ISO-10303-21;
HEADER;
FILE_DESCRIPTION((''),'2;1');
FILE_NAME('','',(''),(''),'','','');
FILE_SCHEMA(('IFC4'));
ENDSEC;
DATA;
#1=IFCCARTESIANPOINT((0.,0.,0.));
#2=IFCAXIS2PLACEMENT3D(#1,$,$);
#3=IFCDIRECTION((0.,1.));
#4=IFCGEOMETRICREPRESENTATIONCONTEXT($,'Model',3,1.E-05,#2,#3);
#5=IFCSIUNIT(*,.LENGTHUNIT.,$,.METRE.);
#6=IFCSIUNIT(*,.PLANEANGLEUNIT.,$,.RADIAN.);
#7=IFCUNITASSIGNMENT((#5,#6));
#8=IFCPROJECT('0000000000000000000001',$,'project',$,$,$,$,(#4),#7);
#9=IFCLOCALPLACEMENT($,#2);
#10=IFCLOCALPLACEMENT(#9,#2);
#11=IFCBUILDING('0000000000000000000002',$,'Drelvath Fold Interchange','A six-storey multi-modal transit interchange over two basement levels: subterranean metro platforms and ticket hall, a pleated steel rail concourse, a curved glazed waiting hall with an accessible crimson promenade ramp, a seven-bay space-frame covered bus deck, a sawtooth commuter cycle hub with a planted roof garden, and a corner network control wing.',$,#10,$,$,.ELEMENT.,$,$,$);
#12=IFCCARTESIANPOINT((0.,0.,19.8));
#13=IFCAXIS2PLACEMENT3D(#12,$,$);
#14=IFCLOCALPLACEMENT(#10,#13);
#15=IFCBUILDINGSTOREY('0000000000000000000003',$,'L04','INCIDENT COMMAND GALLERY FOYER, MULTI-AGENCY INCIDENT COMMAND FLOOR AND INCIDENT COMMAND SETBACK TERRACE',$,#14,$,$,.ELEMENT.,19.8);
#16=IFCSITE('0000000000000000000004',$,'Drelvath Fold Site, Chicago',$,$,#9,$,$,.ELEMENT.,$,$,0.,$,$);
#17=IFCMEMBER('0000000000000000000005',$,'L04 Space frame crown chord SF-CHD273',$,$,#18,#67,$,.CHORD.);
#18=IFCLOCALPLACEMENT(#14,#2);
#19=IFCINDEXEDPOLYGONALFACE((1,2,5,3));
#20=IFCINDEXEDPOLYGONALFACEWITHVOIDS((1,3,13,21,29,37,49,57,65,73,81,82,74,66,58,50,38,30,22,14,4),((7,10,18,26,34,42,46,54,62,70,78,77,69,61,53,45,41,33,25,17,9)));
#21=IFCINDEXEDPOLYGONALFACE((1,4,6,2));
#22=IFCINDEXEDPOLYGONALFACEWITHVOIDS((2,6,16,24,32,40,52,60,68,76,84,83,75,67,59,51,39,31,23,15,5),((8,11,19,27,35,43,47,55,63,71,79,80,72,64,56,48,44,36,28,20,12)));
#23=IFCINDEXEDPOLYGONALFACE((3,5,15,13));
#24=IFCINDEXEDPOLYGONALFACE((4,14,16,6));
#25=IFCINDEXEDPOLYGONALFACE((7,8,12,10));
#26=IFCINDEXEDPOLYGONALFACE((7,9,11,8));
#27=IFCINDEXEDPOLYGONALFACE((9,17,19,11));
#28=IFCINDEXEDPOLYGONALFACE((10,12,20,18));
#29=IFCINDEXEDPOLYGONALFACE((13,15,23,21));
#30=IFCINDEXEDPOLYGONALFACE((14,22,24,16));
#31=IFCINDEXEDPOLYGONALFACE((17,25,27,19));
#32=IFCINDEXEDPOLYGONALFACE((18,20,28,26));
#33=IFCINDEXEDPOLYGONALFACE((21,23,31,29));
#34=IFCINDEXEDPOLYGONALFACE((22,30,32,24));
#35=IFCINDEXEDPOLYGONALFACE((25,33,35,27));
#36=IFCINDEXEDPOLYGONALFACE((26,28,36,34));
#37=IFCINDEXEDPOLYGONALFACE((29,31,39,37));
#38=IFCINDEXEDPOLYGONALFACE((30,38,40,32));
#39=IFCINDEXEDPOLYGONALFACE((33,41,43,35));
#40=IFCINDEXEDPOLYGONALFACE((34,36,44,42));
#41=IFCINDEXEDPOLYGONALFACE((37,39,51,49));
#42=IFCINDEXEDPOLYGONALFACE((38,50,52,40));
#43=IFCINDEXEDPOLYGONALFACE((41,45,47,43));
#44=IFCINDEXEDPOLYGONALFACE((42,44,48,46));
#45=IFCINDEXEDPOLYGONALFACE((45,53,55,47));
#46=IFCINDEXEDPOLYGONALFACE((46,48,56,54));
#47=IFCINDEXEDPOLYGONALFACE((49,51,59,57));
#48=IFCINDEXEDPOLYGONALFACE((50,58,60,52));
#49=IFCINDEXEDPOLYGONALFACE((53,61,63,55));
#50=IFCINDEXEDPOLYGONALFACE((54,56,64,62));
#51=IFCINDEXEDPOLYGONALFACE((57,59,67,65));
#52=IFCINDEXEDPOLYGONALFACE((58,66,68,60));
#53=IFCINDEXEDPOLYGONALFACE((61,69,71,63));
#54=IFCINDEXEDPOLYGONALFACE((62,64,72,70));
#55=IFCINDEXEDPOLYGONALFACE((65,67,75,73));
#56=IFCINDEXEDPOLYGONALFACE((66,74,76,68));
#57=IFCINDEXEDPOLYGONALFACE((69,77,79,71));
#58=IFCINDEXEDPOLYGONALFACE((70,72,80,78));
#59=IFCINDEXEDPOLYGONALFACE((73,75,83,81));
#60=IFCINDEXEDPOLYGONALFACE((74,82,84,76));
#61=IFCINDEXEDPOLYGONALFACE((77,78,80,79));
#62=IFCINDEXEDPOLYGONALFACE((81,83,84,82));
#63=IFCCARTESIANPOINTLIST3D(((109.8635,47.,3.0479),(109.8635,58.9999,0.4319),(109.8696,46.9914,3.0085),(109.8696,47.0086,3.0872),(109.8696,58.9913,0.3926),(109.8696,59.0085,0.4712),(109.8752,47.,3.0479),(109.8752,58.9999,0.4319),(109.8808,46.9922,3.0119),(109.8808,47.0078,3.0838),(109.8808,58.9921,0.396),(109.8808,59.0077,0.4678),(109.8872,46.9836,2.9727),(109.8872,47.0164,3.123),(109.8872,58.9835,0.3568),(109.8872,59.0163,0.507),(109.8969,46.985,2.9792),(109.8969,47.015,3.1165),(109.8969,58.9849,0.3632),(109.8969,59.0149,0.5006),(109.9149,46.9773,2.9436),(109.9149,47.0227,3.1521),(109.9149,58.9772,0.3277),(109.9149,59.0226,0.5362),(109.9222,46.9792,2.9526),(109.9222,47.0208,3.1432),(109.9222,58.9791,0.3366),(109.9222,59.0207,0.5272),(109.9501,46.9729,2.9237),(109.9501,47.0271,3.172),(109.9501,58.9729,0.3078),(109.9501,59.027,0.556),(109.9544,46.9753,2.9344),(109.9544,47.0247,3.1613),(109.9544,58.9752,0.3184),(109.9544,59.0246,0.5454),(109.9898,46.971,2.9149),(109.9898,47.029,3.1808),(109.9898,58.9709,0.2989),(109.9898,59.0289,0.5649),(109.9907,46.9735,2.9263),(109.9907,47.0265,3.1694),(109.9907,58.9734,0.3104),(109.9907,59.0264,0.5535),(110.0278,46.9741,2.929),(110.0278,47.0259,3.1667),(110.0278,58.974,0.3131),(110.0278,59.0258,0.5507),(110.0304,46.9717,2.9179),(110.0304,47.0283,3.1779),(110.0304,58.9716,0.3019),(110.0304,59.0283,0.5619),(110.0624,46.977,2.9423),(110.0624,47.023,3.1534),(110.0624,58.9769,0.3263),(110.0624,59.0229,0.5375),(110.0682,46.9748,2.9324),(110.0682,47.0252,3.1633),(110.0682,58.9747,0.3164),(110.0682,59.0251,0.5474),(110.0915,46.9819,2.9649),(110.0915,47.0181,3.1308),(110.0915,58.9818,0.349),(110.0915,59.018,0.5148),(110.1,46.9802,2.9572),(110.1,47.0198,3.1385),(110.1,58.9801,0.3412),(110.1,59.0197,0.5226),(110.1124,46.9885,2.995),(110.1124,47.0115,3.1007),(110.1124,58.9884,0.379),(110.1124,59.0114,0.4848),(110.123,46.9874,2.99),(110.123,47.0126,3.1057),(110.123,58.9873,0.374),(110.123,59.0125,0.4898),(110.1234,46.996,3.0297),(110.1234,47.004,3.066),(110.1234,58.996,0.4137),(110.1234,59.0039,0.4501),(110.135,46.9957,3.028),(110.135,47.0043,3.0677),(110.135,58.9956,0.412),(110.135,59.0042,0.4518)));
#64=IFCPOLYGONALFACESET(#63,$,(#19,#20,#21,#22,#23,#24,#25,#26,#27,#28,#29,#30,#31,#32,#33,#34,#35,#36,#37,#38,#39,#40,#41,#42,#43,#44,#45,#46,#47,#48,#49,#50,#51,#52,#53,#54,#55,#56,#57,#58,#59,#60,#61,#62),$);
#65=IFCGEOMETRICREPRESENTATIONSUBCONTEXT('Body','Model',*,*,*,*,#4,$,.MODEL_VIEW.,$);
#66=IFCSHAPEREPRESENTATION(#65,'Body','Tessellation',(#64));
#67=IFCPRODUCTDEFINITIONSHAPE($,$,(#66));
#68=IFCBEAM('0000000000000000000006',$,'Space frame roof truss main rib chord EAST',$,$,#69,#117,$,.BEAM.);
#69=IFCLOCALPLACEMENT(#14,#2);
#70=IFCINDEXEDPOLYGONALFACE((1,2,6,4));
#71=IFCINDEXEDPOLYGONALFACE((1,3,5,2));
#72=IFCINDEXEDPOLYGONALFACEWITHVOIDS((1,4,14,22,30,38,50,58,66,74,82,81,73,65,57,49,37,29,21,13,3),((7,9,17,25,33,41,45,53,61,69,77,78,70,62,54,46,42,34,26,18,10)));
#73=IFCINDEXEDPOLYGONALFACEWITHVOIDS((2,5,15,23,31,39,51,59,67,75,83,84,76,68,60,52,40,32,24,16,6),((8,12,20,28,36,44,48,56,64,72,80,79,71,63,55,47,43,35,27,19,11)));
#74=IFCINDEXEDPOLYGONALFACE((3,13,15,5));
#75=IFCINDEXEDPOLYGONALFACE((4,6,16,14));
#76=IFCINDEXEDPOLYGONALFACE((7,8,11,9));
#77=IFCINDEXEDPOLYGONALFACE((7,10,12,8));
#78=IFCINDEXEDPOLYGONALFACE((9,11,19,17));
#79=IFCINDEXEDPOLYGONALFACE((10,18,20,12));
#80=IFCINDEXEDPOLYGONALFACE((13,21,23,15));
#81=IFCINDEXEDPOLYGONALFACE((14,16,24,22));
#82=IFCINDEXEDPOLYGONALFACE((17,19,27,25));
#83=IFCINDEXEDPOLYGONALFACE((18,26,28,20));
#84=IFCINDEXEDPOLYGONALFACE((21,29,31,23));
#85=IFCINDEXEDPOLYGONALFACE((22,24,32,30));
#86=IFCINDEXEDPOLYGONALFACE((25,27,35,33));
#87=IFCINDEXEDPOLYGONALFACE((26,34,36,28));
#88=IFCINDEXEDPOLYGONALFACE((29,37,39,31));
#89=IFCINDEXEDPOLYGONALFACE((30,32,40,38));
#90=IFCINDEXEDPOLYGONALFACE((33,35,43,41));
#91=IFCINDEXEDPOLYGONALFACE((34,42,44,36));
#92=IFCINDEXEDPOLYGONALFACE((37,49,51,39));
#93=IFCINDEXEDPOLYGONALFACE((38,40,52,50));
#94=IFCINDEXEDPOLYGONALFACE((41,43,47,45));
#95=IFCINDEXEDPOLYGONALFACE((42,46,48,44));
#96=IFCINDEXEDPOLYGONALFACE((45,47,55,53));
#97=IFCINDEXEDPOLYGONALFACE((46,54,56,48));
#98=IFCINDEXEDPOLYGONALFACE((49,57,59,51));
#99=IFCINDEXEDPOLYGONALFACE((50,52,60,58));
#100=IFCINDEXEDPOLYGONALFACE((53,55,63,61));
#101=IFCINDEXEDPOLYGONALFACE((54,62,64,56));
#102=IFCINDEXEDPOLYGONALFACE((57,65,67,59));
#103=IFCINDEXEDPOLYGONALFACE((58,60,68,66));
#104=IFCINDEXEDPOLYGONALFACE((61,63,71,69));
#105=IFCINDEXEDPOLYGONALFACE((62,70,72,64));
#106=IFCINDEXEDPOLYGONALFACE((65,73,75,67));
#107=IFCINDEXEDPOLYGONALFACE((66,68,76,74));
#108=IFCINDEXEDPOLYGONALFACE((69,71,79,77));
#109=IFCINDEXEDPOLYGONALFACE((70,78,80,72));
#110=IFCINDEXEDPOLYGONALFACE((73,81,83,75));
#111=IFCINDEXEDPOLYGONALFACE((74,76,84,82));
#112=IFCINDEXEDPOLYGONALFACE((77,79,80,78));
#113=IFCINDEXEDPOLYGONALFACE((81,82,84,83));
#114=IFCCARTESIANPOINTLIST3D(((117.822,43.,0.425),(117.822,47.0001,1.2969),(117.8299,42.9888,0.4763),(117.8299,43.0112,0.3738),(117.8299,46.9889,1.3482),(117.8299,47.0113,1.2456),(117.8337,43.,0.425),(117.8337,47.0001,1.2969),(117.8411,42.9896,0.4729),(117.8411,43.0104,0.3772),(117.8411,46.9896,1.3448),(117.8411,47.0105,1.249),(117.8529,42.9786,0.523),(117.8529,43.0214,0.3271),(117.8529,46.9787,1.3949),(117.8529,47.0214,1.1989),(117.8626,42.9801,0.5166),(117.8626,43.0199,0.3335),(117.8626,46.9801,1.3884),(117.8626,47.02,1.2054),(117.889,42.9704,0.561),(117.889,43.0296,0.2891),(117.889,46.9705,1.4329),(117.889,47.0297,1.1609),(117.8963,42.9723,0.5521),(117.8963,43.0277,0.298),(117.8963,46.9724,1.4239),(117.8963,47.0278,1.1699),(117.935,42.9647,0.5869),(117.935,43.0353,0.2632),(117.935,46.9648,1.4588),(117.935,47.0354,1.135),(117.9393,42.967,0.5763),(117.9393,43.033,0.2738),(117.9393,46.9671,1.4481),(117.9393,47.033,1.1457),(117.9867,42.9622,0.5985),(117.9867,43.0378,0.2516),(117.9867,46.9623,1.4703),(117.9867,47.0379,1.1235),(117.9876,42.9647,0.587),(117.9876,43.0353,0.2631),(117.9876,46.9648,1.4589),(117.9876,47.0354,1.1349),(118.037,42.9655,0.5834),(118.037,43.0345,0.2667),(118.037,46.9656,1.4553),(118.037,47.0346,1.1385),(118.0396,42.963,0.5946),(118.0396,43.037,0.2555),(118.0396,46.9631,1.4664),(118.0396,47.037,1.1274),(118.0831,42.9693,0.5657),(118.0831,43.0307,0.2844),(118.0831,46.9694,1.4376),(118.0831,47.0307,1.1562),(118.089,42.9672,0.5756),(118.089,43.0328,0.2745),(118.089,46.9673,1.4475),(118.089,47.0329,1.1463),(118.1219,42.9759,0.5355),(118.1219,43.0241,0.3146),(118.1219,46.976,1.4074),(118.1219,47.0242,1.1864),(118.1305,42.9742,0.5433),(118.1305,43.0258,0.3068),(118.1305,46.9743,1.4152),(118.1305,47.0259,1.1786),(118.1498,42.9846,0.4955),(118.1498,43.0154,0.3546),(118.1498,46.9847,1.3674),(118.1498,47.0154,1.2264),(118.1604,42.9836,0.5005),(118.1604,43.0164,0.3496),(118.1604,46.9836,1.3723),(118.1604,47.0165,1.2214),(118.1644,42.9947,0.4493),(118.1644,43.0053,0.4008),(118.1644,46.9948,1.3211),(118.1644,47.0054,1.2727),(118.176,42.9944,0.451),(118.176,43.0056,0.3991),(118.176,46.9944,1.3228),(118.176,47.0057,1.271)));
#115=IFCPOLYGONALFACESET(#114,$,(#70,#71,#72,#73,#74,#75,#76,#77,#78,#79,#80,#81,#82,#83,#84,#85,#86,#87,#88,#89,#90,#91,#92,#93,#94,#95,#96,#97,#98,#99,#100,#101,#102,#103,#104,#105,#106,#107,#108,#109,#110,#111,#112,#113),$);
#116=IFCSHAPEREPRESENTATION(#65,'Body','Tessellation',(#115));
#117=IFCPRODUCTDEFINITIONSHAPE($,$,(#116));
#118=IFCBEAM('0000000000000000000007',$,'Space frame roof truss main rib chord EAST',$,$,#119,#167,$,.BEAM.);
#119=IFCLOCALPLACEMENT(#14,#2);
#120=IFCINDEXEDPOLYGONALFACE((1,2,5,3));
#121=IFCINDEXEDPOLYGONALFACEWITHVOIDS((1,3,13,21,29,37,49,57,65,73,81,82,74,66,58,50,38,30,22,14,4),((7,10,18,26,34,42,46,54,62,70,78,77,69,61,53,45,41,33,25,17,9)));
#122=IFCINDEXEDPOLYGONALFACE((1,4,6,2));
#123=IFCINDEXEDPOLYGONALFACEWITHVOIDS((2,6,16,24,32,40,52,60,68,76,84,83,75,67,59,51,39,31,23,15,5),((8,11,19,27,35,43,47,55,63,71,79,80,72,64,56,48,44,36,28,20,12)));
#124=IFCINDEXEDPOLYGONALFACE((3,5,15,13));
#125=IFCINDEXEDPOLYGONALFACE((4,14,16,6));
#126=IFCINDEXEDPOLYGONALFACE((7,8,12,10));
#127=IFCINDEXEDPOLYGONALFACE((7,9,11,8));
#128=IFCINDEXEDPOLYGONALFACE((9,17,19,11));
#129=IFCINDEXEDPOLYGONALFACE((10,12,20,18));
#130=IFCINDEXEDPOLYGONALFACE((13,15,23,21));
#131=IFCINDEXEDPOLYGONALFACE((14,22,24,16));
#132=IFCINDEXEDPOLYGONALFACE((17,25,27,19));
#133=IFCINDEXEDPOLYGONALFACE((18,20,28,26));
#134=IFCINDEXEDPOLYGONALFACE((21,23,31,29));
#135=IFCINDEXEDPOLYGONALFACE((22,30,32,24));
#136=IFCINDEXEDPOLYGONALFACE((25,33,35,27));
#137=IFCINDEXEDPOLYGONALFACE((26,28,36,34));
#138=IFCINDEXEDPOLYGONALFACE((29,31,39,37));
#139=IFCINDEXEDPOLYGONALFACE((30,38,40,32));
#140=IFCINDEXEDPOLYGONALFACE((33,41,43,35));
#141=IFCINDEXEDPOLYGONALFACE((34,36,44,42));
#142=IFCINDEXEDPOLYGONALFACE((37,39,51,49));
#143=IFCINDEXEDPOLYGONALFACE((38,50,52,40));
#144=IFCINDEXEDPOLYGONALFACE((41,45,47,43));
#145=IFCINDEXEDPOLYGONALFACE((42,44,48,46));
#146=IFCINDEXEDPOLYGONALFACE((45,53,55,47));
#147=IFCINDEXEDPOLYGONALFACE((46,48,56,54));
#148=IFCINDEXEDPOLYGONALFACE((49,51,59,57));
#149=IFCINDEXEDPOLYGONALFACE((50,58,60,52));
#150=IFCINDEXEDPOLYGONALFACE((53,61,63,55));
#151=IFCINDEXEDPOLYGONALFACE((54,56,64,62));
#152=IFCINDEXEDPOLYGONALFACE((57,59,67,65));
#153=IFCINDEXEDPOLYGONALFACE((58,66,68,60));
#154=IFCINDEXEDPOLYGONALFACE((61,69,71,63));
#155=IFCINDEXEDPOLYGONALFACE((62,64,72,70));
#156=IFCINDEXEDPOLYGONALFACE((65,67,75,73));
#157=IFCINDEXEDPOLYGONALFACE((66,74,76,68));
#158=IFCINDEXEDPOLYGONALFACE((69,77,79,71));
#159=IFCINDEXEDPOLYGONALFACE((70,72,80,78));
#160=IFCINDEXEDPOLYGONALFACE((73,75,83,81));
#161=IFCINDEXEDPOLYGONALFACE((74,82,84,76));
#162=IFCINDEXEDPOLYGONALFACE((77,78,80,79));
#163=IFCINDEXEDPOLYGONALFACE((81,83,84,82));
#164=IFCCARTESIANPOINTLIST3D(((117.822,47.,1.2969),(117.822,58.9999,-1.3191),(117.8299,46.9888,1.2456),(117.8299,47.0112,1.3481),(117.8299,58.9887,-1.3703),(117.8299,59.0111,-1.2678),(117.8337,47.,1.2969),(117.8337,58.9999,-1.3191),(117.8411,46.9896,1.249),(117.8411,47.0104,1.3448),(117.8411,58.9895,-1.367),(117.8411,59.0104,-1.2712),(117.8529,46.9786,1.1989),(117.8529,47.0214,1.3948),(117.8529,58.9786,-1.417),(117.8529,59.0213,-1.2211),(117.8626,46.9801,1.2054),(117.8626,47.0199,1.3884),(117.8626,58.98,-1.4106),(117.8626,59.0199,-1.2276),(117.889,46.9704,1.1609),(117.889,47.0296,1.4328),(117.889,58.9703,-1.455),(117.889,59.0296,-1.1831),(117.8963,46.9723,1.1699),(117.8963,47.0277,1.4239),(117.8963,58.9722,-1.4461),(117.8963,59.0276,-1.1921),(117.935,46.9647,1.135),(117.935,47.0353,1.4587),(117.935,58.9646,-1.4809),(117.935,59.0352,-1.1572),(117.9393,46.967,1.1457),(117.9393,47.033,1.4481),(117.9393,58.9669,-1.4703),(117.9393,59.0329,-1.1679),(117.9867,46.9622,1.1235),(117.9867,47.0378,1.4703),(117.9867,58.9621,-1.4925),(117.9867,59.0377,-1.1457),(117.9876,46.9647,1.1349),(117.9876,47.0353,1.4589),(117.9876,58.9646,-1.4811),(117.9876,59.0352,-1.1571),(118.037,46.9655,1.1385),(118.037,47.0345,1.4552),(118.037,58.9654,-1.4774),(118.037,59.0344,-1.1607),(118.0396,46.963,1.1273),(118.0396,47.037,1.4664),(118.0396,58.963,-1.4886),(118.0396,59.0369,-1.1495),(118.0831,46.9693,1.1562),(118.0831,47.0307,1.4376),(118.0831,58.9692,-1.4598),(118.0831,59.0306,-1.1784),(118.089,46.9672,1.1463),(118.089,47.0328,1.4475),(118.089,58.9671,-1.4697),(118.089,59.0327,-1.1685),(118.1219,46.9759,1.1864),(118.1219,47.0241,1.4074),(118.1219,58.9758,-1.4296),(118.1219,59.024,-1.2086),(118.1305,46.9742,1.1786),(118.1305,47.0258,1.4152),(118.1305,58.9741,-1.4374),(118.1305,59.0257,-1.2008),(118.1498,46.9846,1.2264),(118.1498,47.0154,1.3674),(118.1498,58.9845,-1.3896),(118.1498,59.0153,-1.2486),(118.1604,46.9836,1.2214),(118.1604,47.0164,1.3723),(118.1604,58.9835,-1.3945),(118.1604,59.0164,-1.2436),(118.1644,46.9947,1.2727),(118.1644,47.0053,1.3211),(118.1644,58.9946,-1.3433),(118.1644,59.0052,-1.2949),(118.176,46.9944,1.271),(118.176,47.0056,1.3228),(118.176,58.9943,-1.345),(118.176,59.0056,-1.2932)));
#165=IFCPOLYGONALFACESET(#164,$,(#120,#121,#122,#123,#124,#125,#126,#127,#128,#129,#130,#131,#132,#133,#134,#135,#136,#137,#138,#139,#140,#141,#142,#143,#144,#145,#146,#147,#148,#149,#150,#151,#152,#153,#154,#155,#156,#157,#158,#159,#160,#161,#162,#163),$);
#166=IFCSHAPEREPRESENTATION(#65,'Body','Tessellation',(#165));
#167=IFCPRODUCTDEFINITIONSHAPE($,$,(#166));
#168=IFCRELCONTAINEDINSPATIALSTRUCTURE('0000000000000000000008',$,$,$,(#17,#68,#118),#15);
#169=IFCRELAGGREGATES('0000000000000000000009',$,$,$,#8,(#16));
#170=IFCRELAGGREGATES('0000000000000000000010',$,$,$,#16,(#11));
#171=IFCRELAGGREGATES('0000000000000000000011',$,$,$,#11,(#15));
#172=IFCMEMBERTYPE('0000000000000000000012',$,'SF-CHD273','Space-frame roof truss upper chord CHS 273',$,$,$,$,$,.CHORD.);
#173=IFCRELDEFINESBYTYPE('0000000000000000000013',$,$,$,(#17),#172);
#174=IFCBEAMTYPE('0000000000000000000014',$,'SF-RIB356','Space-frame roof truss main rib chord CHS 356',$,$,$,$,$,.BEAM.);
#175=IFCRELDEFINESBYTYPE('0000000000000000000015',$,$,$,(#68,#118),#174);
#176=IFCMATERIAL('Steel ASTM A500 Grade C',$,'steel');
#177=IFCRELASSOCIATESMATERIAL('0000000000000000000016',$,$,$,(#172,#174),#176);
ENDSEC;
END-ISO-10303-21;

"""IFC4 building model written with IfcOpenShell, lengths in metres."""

from ifc_helpers import new_model, si_unit, direction, frame, origin, origin_2d, place, context, subcontext, project, spatial, hollow_circle, extrude, material, material_profile, profile_set, type_object, element, save


model = new_model("IFC4")

# Units and contexts
model_context = context("Model", 3, precision=1e-05, world=origin(), true_north=direction((0.0, 1.0)))
body_context = subcontext(model_context, "Body", "Model", "MODEL_VIEW")
ifc_project = project(units=[si_unit("LENGTHUNIT", "METRE"), si_unit("PLANEANGLEUNIT", "RADIAN")], contexts=[model_context])

# Site, building, storey
site_placement = place(None, origin())
site = spatial("IfcSite", under=ifc_project, at=site_placement, Name="Drelvath Fold Site, Chicago", CompositionType="ELEMENT", RefElevation=0.0)
building_placement = place(site_placement, origin())
building = spatial("IfcBuilding", under=site, at=building_placement, Name="Drelvath Fold Interchange", Description="A six-storey multi-modal transit interchange over two basement levels: subterranean metro platforms and ticket hall, a pleated steel rail concourse, a curved glazed waiting hall with an accessible crimson promenade ramp, a seven-bay space-frame covered bus deck, a sawtooth commuter cycle hub with a planted roof garden, and a corner network control wing.", CompositionType="ELEMENT")
storey_placement = place(building_placement, frame((0.0, 0.0, 19.8)))
storey = spatial("IfcBuildingStorey", under=building, at=storey_placement, Name="L04", Description="INCIDENT COMMAND GALLERY FOYER, MULTI-AGENCY INCIDENT COMMAND FLOOR AND INCIDENT COMMAND SETBACK TERRACE", CompositionType="ELEMENT", Elevation=19.8)

# Member
ifc_material_1 = material(Name="Steel ASTM A500 Grade C", Category="steel")
ifc_material_profile_1 = material_profile(ifc_material_1, hollow_circle(Radius=0.1365, WallThickness=0.0117, at=origin_2d()), Name="HSS10.750X0.500")
ifc_profile_set_1 = profile_set([ifc_material_profile_1], Name="Steel ASTM A500 Grade C")
member_type_1 = type_object("IfcMemberType", Name="SF-CHD273", Description="Space-frame roof truss upper chord CHS 273", PredefinedType="CHORD", material=ifc_profile_set_1)
member_1_placement = place(storey_placement, frame((110.0, 47.0, 3.0479), z_axis=(0.0, 0.977053, -0.212995), x_axis=(-1.0, 0.0, 0.0)))
element("IfcMember", 1, at=member_1_placement, inside=storey, type_object=member_type_1, Name="L04 Space frame crown chord SF-CHD273", PredefinedType="CHORD", context=body_context, shape_type="SweptSolid", body=[
    extrude(hollow_circle(Radius=0.1365, WallThickness=0.0117, at=origin_2d()), origin(), (0.0, 0.0, 1.0), 12.2817),
])

# Beams
ifc_material_profile_2 = material_profile(ifc_material_1, hollow_circle(Radius=0.178, WallThickness=0.0117, at=origin_2d()), Name="HSS14.000X0.500")
ifc_profile_set_2 = profile_set([ifc_material_profile_2], Name="Steel ASTM A500 Grade C")
beam_type_1 = type_object("IfcBeamType", Name="SF-RIB356", Description="Space-frame roof truss main rib chord CHS 356", PredefinedType="BEAM", material=ifc_profile_set_2)
beam_1_placement = place(storey_placement, frame((118.0, 43.0, 0.425), z_axis=(0.0, 0.977062, 0.212957), x_axis=(-1.0, 0.0, 0.0)))
element("IfcBeam", 2, at=beam_1_placement, inside=storey, type_object=beam_type_1, Name="Space frame roof truss main rib chord EAST", PredefinedType="BEAM", context=body_context, shape_type="SweptSolid", body=[
    extrude(hollow_circle(Radius=0.178, WallThickness=0.0117, at=origin_2d()), origin(), (0.0, 0.0, 1.0), 4.094),
])
beam_2_placement = place(storey_placement, frame((118.0, 47.0, 1.2969), z_axis=(0.0, 0.977053, -0.212995), x_axis=(-1.0, 0.0, 0.0)))
element("IfcBeam", 3, at=beam_2_placement, inside=storey, type_object=beam_type_1, Name="Space frame roof truss main rib chord EAST", PredefinedType="BEAM", context=body_context, shape_type="SweptSolid", body=[
    extrude(hollow_circle(Radius=0.178, WallThickness=0.0117, at=origin_2d()), origin(), (0.0, 0.0, 1.0), 12.2817),
])

save(model, "model.ifc")
